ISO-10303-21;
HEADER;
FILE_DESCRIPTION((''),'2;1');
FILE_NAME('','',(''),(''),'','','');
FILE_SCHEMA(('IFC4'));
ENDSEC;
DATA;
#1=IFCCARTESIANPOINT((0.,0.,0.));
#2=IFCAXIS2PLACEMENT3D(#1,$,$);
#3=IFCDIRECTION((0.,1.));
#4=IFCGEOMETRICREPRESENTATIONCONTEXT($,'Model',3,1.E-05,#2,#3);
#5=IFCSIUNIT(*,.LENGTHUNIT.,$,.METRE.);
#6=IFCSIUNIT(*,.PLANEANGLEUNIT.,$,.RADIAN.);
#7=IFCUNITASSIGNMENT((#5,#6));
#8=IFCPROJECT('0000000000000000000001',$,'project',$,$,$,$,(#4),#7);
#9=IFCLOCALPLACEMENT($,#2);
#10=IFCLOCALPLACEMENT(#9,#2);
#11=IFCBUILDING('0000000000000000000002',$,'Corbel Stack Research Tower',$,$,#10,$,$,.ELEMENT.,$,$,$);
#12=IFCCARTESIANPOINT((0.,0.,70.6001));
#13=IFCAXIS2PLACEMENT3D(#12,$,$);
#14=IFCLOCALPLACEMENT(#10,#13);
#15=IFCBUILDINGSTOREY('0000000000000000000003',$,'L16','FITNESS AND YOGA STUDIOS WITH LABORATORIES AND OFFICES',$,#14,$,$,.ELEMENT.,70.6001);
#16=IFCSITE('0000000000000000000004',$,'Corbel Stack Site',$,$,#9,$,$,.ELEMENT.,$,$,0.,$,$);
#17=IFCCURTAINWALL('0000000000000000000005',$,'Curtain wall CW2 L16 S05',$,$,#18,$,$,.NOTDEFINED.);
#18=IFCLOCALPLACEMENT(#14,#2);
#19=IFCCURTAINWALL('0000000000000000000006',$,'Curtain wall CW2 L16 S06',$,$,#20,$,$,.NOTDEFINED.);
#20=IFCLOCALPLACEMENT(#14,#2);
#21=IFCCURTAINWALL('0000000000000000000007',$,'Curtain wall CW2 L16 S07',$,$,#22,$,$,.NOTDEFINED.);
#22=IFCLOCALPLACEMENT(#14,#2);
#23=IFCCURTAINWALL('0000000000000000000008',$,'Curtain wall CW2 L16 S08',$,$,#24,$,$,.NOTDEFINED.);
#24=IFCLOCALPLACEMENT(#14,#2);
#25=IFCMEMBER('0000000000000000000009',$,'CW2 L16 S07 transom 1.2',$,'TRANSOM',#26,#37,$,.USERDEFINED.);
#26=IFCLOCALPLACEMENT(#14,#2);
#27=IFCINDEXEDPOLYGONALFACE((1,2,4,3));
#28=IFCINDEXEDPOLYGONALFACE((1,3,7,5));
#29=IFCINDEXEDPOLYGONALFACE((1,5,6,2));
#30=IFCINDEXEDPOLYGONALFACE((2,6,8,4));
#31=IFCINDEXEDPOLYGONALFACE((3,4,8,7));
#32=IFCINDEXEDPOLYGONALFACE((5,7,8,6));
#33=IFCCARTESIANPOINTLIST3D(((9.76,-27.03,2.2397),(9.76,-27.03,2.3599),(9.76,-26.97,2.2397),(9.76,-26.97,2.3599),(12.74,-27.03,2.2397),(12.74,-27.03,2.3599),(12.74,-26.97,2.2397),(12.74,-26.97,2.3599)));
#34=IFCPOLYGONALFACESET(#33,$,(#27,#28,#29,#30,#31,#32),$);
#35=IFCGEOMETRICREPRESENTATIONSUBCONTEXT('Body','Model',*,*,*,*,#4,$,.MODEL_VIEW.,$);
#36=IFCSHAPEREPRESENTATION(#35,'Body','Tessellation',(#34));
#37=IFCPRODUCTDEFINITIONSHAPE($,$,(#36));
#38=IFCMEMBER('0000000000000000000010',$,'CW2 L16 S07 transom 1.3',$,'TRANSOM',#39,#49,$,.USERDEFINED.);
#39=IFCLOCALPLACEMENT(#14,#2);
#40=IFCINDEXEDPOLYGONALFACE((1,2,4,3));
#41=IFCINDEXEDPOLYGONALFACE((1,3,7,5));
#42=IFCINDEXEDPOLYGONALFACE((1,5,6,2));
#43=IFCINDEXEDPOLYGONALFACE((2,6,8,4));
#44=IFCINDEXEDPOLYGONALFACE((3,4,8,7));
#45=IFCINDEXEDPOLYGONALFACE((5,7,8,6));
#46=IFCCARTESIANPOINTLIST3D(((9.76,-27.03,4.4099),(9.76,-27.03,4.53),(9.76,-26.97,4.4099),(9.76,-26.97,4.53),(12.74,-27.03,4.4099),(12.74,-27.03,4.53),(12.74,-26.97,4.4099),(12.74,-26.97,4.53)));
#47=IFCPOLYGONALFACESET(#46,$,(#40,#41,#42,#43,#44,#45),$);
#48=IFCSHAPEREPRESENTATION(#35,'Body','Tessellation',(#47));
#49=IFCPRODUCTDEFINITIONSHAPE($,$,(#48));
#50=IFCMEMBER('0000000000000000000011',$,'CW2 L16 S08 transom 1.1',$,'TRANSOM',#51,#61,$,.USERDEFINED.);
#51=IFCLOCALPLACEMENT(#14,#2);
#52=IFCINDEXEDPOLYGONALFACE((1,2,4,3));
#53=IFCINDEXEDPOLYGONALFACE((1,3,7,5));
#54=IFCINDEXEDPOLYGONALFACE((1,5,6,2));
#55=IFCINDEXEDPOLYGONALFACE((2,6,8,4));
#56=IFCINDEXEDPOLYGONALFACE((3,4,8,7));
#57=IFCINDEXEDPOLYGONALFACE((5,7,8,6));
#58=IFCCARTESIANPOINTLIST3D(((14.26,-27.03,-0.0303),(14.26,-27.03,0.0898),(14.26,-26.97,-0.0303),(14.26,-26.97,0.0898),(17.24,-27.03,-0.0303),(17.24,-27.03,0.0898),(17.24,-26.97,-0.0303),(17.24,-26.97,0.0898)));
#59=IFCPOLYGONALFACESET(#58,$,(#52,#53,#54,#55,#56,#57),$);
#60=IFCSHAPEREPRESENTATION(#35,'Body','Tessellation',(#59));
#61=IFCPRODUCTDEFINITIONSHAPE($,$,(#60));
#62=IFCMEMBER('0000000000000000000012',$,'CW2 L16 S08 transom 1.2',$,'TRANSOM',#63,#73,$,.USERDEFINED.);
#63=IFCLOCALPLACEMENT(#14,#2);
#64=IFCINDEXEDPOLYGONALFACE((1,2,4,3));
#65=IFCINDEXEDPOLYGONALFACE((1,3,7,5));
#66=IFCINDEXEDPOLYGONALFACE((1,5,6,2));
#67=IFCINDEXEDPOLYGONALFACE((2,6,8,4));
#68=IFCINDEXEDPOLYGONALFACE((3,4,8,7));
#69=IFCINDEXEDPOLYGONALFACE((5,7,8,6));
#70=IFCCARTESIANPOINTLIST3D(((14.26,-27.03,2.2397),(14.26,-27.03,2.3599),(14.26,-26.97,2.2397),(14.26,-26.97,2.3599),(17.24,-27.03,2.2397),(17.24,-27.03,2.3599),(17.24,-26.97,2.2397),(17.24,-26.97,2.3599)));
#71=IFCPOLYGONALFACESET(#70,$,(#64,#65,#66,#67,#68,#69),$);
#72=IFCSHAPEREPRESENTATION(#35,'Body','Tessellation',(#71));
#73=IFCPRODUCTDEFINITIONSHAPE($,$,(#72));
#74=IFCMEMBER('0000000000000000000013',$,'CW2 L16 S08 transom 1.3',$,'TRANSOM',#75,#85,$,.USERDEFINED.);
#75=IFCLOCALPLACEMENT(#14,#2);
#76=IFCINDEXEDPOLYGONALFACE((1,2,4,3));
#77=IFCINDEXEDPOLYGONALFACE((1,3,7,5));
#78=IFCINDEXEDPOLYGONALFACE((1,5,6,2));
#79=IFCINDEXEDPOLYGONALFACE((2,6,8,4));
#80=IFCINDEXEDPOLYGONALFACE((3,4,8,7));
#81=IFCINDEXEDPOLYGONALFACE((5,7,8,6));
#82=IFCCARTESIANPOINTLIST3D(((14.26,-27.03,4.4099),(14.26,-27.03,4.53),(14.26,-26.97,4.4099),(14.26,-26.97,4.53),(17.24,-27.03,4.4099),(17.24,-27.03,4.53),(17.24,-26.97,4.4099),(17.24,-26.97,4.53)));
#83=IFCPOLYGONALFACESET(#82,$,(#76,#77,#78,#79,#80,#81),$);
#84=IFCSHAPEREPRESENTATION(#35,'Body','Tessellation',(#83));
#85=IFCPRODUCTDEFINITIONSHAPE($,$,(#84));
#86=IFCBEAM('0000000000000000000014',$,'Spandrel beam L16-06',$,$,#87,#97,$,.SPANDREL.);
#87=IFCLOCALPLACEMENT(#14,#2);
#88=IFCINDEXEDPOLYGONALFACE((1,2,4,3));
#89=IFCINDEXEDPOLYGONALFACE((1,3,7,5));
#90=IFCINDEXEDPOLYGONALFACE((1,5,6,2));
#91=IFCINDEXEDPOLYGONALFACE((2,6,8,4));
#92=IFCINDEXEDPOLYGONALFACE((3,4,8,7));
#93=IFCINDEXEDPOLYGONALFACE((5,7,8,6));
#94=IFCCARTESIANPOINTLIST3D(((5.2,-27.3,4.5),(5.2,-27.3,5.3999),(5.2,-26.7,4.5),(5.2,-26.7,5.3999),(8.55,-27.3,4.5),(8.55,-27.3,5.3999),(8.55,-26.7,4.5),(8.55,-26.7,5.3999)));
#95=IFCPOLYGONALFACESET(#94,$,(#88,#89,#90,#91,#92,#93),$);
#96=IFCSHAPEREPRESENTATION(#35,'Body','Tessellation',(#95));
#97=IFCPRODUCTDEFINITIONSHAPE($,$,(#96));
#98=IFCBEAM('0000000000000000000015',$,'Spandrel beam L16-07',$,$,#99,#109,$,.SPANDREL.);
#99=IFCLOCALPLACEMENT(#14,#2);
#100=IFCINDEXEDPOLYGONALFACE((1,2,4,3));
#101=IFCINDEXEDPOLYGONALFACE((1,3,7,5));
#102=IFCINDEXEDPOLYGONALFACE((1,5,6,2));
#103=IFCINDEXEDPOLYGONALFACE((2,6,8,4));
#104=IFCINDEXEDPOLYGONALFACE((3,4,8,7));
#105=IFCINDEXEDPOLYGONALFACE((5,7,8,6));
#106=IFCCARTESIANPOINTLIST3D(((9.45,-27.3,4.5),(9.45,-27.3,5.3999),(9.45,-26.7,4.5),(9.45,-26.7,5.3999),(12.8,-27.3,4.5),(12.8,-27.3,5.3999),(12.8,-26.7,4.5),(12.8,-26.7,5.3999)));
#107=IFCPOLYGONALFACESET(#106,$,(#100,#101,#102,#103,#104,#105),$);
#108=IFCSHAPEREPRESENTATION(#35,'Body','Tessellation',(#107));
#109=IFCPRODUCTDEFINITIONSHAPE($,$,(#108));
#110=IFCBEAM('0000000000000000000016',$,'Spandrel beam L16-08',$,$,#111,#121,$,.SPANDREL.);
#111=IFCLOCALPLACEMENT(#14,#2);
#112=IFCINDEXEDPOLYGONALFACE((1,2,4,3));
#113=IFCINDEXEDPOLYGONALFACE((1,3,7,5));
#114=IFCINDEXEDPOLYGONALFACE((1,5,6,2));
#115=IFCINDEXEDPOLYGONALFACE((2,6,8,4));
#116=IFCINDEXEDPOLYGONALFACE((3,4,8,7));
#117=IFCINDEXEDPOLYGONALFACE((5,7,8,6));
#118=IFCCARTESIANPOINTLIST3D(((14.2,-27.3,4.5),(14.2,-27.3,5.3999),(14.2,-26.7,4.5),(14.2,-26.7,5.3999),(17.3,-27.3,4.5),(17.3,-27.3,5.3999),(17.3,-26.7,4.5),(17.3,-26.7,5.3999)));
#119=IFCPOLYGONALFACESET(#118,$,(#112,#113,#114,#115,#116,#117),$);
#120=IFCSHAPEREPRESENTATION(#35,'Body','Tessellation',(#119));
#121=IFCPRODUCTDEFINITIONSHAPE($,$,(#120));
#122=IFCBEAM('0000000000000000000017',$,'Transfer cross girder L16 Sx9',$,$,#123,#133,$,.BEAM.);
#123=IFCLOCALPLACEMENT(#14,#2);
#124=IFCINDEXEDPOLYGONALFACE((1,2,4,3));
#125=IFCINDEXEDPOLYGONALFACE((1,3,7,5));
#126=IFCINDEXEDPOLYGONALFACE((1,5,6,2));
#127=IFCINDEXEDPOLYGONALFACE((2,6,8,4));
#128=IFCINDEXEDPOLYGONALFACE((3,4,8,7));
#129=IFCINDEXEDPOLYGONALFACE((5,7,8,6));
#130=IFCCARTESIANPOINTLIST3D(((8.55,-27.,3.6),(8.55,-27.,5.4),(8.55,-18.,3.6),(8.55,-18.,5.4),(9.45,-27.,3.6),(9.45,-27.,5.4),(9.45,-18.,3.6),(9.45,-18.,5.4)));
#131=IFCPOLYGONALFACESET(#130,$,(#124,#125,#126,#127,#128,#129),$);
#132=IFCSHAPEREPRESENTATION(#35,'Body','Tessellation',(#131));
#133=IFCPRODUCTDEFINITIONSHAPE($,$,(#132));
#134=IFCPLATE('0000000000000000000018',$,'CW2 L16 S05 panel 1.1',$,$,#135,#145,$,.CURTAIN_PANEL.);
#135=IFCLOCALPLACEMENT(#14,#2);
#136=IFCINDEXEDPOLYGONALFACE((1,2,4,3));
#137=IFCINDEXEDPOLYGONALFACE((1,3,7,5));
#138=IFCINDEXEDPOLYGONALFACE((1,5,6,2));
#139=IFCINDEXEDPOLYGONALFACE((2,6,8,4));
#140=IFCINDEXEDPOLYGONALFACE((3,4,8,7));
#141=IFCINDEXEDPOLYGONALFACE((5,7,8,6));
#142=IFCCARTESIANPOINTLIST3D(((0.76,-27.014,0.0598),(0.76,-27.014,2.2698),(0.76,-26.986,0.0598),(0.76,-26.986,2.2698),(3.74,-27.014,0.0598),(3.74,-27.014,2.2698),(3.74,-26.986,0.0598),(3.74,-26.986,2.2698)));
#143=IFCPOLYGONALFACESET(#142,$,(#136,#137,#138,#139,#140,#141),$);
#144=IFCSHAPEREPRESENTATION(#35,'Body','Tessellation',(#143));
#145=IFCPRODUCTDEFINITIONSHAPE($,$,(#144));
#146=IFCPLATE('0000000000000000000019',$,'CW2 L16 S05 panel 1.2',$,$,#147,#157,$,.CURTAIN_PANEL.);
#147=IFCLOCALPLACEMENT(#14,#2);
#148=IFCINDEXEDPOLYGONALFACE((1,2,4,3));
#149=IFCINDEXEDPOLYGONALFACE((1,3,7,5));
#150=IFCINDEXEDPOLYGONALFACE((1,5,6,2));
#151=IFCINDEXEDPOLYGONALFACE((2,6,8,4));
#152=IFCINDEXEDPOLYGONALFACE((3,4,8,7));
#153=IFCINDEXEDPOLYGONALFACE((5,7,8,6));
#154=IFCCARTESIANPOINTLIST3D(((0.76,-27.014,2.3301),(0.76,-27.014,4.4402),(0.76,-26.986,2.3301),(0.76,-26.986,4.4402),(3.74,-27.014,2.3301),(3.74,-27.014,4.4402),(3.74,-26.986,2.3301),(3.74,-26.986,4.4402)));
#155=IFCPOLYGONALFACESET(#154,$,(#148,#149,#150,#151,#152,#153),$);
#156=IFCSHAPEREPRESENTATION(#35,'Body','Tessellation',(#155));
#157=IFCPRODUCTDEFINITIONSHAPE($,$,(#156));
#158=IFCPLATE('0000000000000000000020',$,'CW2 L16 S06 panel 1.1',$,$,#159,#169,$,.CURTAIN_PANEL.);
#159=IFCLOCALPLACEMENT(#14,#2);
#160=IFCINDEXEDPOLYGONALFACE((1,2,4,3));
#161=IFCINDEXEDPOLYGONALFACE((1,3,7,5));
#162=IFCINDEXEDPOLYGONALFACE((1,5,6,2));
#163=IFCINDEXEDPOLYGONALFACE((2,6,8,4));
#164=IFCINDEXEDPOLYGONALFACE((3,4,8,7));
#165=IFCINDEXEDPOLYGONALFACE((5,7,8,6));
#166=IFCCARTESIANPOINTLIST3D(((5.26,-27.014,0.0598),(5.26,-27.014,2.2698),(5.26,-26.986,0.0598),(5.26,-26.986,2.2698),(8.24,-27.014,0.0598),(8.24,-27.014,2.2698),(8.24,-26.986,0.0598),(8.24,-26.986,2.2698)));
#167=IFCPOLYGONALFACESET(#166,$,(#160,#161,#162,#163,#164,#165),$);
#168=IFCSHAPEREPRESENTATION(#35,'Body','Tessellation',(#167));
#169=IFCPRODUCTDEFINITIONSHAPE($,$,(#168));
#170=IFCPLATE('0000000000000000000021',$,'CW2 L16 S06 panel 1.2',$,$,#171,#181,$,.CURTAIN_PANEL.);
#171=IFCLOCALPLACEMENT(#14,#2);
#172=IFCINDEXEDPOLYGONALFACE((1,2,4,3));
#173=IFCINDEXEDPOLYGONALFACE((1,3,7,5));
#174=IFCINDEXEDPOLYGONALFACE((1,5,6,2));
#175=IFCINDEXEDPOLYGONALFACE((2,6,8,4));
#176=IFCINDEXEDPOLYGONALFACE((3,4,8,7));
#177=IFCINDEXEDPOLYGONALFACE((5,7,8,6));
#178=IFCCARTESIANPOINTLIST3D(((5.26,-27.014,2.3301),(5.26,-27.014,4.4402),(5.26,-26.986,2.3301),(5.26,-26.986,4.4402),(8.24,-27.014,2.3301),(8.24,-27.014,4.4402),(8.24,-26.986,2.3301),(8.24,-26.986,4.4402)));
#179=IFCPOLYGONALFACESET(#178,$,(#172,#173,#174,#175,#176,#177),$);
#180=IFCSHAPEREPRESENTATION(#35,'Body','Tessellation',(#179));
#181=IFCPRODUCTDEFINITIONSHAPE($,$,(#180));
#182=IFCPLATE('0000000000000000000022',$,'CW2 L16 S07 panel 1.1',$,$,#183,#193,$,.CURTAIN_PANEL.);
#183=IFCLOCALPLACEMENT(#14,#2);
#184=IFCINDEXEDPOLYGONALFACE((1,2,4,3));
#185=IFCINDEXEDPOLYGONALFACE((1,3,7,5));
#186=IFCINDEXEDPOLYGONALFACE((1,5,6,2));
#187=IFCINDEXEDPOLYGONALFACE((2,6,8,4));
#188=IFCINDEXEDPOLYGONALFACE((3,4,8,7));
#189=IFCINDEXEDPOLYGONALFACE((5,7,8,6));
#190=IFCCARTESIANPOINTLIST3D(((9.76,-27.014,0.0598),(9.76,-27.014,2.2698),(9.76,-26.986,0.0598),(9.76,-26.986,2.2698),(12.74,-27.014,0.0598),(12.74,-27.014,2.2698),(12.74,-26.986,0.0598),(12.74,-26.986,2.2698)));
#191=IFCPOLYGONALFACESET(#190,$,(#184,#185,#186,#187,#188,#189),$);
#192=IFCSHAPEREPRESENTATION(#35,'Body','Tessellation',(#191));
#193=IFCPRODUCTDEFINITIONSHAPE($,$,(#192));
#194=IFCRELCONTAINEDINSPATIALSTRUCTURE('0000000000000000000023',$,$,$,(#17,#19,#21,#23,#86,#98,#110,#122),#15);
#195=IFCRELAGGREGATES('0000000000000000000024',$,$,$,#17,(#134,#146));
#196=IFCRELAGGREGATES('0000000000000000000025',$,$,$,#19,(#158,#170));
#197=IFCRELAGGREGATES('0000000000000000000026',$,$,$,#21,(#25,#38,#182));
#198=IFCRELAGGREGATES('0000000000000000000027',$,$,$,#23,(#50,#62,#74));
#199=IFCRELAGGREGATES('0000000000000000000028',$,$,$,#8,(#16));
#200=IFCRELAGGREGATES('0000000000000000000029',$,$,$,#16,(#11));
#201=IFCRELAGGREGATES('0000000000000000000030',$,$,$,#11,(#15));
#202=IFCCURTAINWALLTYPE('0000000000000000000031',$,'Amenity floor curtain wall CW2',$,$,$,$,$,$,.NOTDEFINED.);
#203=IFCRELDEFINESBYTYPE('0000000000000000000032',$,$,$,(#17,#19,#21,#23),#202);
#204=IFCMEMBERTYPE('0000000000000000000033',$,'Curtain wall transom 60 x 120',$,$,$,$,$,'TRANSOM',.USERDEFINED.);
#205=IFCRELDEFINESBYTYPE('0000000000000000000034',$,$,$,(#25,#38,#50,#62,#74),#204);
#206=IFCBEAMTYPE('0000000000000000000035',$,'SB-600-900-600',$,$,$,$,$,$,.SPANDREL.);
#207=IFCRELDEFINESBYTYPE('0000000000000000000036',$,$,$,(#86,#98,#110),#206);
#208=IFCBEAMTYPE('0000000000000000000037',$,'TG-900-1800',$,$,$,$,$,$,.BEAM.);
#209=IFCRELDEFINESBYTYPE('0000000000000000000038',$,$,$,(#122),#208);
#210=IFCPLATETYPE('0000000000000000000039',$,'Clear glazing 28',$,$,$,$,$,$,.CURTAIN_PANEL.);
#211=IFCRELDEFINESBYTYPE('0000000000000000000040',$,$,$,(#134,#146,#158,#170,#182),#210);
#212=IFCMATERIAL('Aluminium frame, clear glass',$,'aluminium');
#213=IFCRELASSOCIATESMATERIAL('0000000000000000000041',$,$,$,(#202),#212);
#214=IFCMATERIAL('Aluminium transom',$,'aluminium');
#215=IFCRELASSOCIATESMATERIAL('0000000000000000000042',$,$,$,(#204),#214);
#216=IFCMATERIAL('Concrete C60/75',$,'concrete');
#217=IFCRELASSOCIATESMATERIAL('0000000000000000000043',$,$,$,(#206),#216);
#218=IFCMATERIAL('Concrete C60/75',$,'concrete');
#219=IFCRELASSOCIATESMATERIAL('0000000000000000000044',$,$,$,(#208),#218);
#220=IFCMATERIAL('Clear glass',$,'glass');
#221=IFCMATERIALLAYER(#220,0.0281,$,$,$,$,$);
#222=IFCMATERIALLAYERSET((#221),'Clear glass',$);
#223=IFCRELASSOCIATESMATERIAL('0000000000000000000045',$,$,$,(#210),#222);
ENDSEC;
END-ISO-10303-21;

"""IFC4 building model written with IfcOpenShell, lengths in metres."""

from ifc_helpers import new_model, si_unit, direction, frame, origin, origin_2d, place, context, subcontext, project, spatial, rectangle, extrude, material, layer, layer_set, material_profile, profile_set, type_object, element, aggregate, save


model = new_model("IFC4")

# Units and contexts
model_context = context("Model", 3, precision=1e-05, world=origin(), true_north=direction((0.0, 1.0)))
body_context = subcontext(model_context, "Body", "Model", "MODEL_VIEW")
ifc_project = project(units=[si_unit("LENGTHUNIT", "METRE"), si_unit("PLANEANGLEUNIT", "RADIAN")], contexts=[model_context])

# Site, building, storey
site_placement = place(None, origin())
site = spatial("IfcSite", under=ifc_project, at=site_placement, Name="Corbel Stack Site", CompositionType="ELEMENT", RefElevation=0.0)
building_placement = place(site_placement, origin())
building = spatial("IfcBuilding", under=site, at=building_placement, Name="Corbel Stack Research Tower", CompositionType="ELEMENT")
storey_placement = place(building_placement, frame((0.0, 0.0, 70.6001)))
storey = spatial("IfcBuildingStorey", under=building, at=storey_placement, Name="L16", Description="FITNESS AND YOGA STUDIOS WITH LABORATORIES AND OFFICES", CompositionType="ELEMENT", Elevation=70.6001)

# Curtain wall
ifc_material_1 = material(Name="Aluminium frame, clear glass", Category="aluminium")
curtain_wall_type = type_object("IfcCurtainWallType", Name="Amenity floor curtain wall CW2", PredefinedType="NOTDEFINED", material=ifc_material_1)
curtain_wall_1_placement = place(storey_placement, origin())
curtain_wall_1 = element("IfcCurtainWall", 1, at=curtain_wall_1_placement, inside=storey, type_object=curtain_wall_type, Name="Curtain wall CW2 L16 S05", PredefinedType="NOTDEFINED")

# Curtain walls
curtain_wall_2_placement = place(storey_placement, origin())
curtain_wall_2 = element("IfcCurtainWall", 2, at=curtain_wall_2_placement, inside=storey, type_object=curtain_wall_type, Name="Curtain wall CW2 L16 S06", PredefinedType="NOTDEFINED")
curtain_wall_3_placement = place(storey_placement, origin())
curtain_wall_3 = element("IfcCurtainWall", 3, at=curtain_wall_3_placement, inside=storey, type_object=curtain_wall_type, Name="Curtain wall CW2 L16 S07", PredefinedType="NOTDEFINED")
curtain_wall_4_placement = place(storey_placement, origin())
curtain_wall_4 = element("IfcCurtainWall", 4, at=curtain_wall_4_placement, inside=storey, type_object=curtain_wall_type, Name="Curtain wall CW2 L16 S08", PredefinedType="NOTDEFINED")

# Members
ifc_material_2 = material(Name="Aluminium transom", Category="aluminium")
ifc_material_profile_1 = material_profile(ifc_material_2, rectangle(XDim=0.0601, YDim=0.1201, at=origin_2d()), Name="Transom 60 x 120")
ifc_profile_set_1 = profile_set([ifc_material_profile_1], Name="Aluminium transom")
member_type_1 = type_object("IfcMemberType", Name="Curtain wall transom 60 x 120", ElementType="TRANSOM", PredefinedType="USERDEFINED", material=ifc_profile_set_1)
member_1_placement = place(storey_placement, frame((9.76, -27.0, 2.2998), z_axis=(1.0, 0.0, 0.0), x_axis=(0.0, 1.0, 0.0)))
member_1 = element("IfcMember", 5, at=member_1_placement, type_object=member_type_1, Name="CW2 L16 S07 transom 1.2", ObjectType="TRANSOM", PredefinedType="USERDEFINED", context=body_context, shape_type="SweptSolid", body=[
    extrude(rectangle(XDim=0.0601, YDim=0.1201, at=origin_2d()), origin(), (0.0, 0.0, 1.0), 2.98),
])
member_2_placement = place(storey_placement, frame((9.76, -27.0, 4.47), z_axis=(1.0, 0.0, 0.0), x_axis=(0.0, 1.0, 0.0)))
member_2 = element("IfcMember", 6, at=member_2_placement, type_object=member_type_1, Name="CW2 L16 S07 transom 1.3", ObjectType="TRANSOM", PredefinedType="USERDEFINED", context=body_context, shape_type="SweptSolid", body=[
    extrude(rectangle(XDim=0.0601, YDim=0.1201, at=origin_2d()), origin(), (0.0, 0.0, 1.0), 2.98),
])
member_3_placement = place(storey_placement, frame((14.26, -27.0, 0.0298), z_axis=(1.0, 0.0, 0.0), x_axis=(0.0, 1.0, 0.0)))
member_3 = element("IfcMember", 7, at=member_3_placement, type_object=member_type_1, Name="CW2 L16 S08 transom 1.1", ObjectType="TRANSOM", PredefinedType="USERDEFINED", context=body_context, shape_type="SweptSolid", body=[
    extrude(rectangle(XDim=0.0601, YDim=0.1201, at=origin_2d()), origin(), (0.0, 0.0, 1.0), 2.98),
])
member_4_placement = place(storey_placement, frame((14.26, -27.0, 2.2998), z_axis=(1.0, 0.0, 0.0), x_axis=(0.0, 1.0, 0.0)))
member_4 = element("IfcMember", 8, at=member_4_placement, type_object=member_type_1, Name="CW2 L16 S08 transom 1.2", ObjectType="TRANSOM", PredefinedType="USERDEFINED", context=body_context, shape_type="SweptSolid", body=[
    extrude(rectangle(XDim=0.0601, YDim=0.1201, at=origin_2d()), origin(), (0.0, 0.0, 1.0), 2.98),
])
member_5_placement = place(storey_placement, frame((14.26, -27.0, 4.47), z_axis=(1.0, 0.0, 0.0), x_axis=(0.0, 1.0, 0.0)))
member_5 = element("IfcMember", 9, at=member_5_placement, type_object=member_type_1, Name="CW2 L16 S08 transom 1.3", ObjectType="TRANSOM", PredefinedType="USERDEFINED", context=body_context, shape_type="SweptSolid", body=[
    extrude(rectangle(XDim=0.0601, YDim=0.1201, at=origin_2d()), origin(), (0.0, 0.0, 1.0), 2.98),
])

# Beams
ifc_material_3 = material(Name="Concrete C60/75", Category="concrete")
ifc_material_profile_2 = material_profile(ifc_material_3, rectangle(XDim=0.6001, YDim=0.8999, at=origin_2d()), Name="RC 600 x 900")
ifc_profile_set_2 = profile_set([ifc_material_profile_2], Name="Concrete C60/75")
beam_type_1 = type_object("IfcBeamType", Name="SB-600-900-600", PredefinedType="SPANDREL", material=ifc_profile_set_2)
for number, where, z_axis, x_axis, name in (
    (10, (5.2, -27.0, 4.95), (1.0, 0.0, 0.0), (0.0, 1.0, 0.0), "Spandrel beam L16-06"),
    (11, (9.45, -27.0, 4.95), (1.0, 0.0, 0.0), (0.0, 1.0, 0.0), "Spandrel beam L16-07"),
):
    element("IfcBeam", number, at=place(storey_placement, frame(where, z_axis=z_axis, x_axis=x_axis)), inside=storey, type_object=beam_type_1, Name=name, PredefinedType="SPANDREL", context=body_context, shape_type="SweptSolid", body=[
        extrude(rectangle(XDim=0.6001, YDim=0.8999, at=origin_2d()), origin(), (0.0, 0.0, 1.0), 3.3501),
    ])
beam_1_placement = place(storey_placement, frame((14.2, -27.0, 4.95), z_axis=(1.0, 0.0, 0.0), x_axis=(0.0, 1.0, 0.0)))
element("IfcBeam", 12, at=beam_1_placement, inside=storey, type_object=beam_type_1, Name="Spandrel beam L16-08", PredefinedType="SPANDREL", context=body_context, shape_type="SweptSolid", body=[
    extrude(rectangle(XDim=0.6001, YDim=0.8999, at=origin_2d()), origin(), (0.0, 0.0, 1.0), 3.1001),
])
ifc_material_4 = material(Name="Concrete C60/75", Category="concrete")
ifc_material_profile_3 = material_profile(ifc_material_4, rectangle(XDim=0.8999, YDim=1.8, at=origin_2d()), Name="RC 900 x 1800")
ifc_profile_set_3 = profile_set([ifc_material_profile_3], Name="Concrete C60/75")
beam_type_2 = type_object("IfcBeamType", Name="TG-900-1800", PredefinedType="BEAM", material=ifc_profile_set_3)
beam_2_placement = place(storey_placement, frame((9.0, -27.0, 4.5), z_axis=(0.0, 1.0, 0.0), x_axis=(-1.0, 0.0, 0.0)))
element("IfcBeam", 13, at=beam_2_placement, inside=storey, type_object=beam_type_2, Name="Transfer cross girder L16 Sx9", PredefinedType="BEAM", context=body_context, shape_type="SweptSolid", body=[
    extrude(rectangle(XDim=0.8999, YDim=1.8, at=origin_2d()), origin(), (0.0, 0.0, 1.0), 9.0),
])

# Plates
ifc_material_5 = material(Name="Clear glass", Category="glass")
ifc_layer_1 = layer(ifc_material_5, 0.0281)
ifc_layer_set_1 = layer_set([ifc_layer_1], Name="Clear glass")
plate_type = type_object("IfcPlateType", Name="Clear glazing 28", PredefinedType="CURTAIN_PANEL", material=ifc_layer_set_1)
plate_1_placement = place(storey_placement, frame((2.25, -27.0, 0.0598), z_axis=(0.0, 0.0, 1.0), x_axis=(1.0, 0.0, 0.0)))
plate_1 = element("IfcPlate", 14, at=plate_1_placement, type_object=plate_type, Name="CW2 L16 S05 panel 1.1", PredefinedType="CURTAIN_PANEL", context=body_context, shape_type="SweptSolid", body=[
    extrude(rectangle(XDim=2.98, YDim=0.0281, at=origin_2d()), origin(), (0.0, 0.0, 1.0), 2.21),
])
plate_2_placement = place(storey_placement, frame((2.25, -27.0, 2.3301), z_axis=(0.0, 0.0, 1.0), x_axis=(1.0, 0.0, 0.0)))
plate_2 = element("IfcPlate", 15, at=plate_2_placement, type_object=plate_type, Name="CW2 L16 S05 panel 1.2", PredefinedType="CURTAIN_PANEL", context=body_context, shape_type="SweptSolid", body=[
    extrude(rectangle(XDim=2.98, YDim=0.0281, at=origin_2d()), origin(), (0.0, 0.0, 1.0), 2.1101),
])
aggregate(curtain_wall_1, [plate_1, plate_2])
plate_3_placement = place(storey_placement, frame((6.75, -27.0, 0.0598), z_axis=(0.0, 0.0, 1.0), x_axis=(1.0, 0.0, 0.0)))
plate_3 = element("IfcPlate", 16, at=plate_3_placement, type_object=plate_type, Name="CW2 L16 S06 panel 1.1", PredefinedType="CURTAIN_PANEL", context=body_context, shape_type="SweptSolid", body=[
    extrude(rectangle(XDim=2.98, YDim=0.0281, at=origin_2d()), origin(), (0.0, 0.0, 1.0), 2.21),
])
plate_4_placement = place(storey_placement, frame((6.75, -27.0, 2.3301), z_axis=(0.0, 0.0, 1.0), x_axis=(1.0, 0.0, 0.0)))
plate_4 = element("IfcPlate", 17, at=plate_4_placement, type_object=plate_type, Name="CW2 L16 S06 panel 1.2", PredefinedType="CURTAIN_PANEL", context=body_context, shape_type="SweptSolid", body=[
    extrude(rectangle(XDim=2.98, YDim=0.0281, at=origin_2d()), origin(), (0.0, 0.0, 1.0), 2.1101),
])
aggregate(curtain_wall_2, [plate_3, plate_4])
plate_5_placement = place(storey_placement, frame((11.25, -27.0, 0.0598), z_axis=(0.0, 0.0, 1.0), x_axis=(1.0, 0.0, 0.0)))
plate_5 = element("IfcPlate", 18, at=plate_5_placement, type_object=plate_type, Name="CW2 L16 S07 panel 1.1", PredefinedType="CURTAIN_PANEL", context=body_context, shape_type="SweptSolid", body=[
    extrude(rectangle(XDim=2.98, YDim=0.0281, at=origin_2d()), origin(), (0.0, 0.0, 1.0), 2.21),
])
aggregate(curtain_wall_3, [member_1, member_2, plate_5])
aggregate(curtain_wall_4, [member_3, member_4, member_5])

save(model, "model.ifc")
